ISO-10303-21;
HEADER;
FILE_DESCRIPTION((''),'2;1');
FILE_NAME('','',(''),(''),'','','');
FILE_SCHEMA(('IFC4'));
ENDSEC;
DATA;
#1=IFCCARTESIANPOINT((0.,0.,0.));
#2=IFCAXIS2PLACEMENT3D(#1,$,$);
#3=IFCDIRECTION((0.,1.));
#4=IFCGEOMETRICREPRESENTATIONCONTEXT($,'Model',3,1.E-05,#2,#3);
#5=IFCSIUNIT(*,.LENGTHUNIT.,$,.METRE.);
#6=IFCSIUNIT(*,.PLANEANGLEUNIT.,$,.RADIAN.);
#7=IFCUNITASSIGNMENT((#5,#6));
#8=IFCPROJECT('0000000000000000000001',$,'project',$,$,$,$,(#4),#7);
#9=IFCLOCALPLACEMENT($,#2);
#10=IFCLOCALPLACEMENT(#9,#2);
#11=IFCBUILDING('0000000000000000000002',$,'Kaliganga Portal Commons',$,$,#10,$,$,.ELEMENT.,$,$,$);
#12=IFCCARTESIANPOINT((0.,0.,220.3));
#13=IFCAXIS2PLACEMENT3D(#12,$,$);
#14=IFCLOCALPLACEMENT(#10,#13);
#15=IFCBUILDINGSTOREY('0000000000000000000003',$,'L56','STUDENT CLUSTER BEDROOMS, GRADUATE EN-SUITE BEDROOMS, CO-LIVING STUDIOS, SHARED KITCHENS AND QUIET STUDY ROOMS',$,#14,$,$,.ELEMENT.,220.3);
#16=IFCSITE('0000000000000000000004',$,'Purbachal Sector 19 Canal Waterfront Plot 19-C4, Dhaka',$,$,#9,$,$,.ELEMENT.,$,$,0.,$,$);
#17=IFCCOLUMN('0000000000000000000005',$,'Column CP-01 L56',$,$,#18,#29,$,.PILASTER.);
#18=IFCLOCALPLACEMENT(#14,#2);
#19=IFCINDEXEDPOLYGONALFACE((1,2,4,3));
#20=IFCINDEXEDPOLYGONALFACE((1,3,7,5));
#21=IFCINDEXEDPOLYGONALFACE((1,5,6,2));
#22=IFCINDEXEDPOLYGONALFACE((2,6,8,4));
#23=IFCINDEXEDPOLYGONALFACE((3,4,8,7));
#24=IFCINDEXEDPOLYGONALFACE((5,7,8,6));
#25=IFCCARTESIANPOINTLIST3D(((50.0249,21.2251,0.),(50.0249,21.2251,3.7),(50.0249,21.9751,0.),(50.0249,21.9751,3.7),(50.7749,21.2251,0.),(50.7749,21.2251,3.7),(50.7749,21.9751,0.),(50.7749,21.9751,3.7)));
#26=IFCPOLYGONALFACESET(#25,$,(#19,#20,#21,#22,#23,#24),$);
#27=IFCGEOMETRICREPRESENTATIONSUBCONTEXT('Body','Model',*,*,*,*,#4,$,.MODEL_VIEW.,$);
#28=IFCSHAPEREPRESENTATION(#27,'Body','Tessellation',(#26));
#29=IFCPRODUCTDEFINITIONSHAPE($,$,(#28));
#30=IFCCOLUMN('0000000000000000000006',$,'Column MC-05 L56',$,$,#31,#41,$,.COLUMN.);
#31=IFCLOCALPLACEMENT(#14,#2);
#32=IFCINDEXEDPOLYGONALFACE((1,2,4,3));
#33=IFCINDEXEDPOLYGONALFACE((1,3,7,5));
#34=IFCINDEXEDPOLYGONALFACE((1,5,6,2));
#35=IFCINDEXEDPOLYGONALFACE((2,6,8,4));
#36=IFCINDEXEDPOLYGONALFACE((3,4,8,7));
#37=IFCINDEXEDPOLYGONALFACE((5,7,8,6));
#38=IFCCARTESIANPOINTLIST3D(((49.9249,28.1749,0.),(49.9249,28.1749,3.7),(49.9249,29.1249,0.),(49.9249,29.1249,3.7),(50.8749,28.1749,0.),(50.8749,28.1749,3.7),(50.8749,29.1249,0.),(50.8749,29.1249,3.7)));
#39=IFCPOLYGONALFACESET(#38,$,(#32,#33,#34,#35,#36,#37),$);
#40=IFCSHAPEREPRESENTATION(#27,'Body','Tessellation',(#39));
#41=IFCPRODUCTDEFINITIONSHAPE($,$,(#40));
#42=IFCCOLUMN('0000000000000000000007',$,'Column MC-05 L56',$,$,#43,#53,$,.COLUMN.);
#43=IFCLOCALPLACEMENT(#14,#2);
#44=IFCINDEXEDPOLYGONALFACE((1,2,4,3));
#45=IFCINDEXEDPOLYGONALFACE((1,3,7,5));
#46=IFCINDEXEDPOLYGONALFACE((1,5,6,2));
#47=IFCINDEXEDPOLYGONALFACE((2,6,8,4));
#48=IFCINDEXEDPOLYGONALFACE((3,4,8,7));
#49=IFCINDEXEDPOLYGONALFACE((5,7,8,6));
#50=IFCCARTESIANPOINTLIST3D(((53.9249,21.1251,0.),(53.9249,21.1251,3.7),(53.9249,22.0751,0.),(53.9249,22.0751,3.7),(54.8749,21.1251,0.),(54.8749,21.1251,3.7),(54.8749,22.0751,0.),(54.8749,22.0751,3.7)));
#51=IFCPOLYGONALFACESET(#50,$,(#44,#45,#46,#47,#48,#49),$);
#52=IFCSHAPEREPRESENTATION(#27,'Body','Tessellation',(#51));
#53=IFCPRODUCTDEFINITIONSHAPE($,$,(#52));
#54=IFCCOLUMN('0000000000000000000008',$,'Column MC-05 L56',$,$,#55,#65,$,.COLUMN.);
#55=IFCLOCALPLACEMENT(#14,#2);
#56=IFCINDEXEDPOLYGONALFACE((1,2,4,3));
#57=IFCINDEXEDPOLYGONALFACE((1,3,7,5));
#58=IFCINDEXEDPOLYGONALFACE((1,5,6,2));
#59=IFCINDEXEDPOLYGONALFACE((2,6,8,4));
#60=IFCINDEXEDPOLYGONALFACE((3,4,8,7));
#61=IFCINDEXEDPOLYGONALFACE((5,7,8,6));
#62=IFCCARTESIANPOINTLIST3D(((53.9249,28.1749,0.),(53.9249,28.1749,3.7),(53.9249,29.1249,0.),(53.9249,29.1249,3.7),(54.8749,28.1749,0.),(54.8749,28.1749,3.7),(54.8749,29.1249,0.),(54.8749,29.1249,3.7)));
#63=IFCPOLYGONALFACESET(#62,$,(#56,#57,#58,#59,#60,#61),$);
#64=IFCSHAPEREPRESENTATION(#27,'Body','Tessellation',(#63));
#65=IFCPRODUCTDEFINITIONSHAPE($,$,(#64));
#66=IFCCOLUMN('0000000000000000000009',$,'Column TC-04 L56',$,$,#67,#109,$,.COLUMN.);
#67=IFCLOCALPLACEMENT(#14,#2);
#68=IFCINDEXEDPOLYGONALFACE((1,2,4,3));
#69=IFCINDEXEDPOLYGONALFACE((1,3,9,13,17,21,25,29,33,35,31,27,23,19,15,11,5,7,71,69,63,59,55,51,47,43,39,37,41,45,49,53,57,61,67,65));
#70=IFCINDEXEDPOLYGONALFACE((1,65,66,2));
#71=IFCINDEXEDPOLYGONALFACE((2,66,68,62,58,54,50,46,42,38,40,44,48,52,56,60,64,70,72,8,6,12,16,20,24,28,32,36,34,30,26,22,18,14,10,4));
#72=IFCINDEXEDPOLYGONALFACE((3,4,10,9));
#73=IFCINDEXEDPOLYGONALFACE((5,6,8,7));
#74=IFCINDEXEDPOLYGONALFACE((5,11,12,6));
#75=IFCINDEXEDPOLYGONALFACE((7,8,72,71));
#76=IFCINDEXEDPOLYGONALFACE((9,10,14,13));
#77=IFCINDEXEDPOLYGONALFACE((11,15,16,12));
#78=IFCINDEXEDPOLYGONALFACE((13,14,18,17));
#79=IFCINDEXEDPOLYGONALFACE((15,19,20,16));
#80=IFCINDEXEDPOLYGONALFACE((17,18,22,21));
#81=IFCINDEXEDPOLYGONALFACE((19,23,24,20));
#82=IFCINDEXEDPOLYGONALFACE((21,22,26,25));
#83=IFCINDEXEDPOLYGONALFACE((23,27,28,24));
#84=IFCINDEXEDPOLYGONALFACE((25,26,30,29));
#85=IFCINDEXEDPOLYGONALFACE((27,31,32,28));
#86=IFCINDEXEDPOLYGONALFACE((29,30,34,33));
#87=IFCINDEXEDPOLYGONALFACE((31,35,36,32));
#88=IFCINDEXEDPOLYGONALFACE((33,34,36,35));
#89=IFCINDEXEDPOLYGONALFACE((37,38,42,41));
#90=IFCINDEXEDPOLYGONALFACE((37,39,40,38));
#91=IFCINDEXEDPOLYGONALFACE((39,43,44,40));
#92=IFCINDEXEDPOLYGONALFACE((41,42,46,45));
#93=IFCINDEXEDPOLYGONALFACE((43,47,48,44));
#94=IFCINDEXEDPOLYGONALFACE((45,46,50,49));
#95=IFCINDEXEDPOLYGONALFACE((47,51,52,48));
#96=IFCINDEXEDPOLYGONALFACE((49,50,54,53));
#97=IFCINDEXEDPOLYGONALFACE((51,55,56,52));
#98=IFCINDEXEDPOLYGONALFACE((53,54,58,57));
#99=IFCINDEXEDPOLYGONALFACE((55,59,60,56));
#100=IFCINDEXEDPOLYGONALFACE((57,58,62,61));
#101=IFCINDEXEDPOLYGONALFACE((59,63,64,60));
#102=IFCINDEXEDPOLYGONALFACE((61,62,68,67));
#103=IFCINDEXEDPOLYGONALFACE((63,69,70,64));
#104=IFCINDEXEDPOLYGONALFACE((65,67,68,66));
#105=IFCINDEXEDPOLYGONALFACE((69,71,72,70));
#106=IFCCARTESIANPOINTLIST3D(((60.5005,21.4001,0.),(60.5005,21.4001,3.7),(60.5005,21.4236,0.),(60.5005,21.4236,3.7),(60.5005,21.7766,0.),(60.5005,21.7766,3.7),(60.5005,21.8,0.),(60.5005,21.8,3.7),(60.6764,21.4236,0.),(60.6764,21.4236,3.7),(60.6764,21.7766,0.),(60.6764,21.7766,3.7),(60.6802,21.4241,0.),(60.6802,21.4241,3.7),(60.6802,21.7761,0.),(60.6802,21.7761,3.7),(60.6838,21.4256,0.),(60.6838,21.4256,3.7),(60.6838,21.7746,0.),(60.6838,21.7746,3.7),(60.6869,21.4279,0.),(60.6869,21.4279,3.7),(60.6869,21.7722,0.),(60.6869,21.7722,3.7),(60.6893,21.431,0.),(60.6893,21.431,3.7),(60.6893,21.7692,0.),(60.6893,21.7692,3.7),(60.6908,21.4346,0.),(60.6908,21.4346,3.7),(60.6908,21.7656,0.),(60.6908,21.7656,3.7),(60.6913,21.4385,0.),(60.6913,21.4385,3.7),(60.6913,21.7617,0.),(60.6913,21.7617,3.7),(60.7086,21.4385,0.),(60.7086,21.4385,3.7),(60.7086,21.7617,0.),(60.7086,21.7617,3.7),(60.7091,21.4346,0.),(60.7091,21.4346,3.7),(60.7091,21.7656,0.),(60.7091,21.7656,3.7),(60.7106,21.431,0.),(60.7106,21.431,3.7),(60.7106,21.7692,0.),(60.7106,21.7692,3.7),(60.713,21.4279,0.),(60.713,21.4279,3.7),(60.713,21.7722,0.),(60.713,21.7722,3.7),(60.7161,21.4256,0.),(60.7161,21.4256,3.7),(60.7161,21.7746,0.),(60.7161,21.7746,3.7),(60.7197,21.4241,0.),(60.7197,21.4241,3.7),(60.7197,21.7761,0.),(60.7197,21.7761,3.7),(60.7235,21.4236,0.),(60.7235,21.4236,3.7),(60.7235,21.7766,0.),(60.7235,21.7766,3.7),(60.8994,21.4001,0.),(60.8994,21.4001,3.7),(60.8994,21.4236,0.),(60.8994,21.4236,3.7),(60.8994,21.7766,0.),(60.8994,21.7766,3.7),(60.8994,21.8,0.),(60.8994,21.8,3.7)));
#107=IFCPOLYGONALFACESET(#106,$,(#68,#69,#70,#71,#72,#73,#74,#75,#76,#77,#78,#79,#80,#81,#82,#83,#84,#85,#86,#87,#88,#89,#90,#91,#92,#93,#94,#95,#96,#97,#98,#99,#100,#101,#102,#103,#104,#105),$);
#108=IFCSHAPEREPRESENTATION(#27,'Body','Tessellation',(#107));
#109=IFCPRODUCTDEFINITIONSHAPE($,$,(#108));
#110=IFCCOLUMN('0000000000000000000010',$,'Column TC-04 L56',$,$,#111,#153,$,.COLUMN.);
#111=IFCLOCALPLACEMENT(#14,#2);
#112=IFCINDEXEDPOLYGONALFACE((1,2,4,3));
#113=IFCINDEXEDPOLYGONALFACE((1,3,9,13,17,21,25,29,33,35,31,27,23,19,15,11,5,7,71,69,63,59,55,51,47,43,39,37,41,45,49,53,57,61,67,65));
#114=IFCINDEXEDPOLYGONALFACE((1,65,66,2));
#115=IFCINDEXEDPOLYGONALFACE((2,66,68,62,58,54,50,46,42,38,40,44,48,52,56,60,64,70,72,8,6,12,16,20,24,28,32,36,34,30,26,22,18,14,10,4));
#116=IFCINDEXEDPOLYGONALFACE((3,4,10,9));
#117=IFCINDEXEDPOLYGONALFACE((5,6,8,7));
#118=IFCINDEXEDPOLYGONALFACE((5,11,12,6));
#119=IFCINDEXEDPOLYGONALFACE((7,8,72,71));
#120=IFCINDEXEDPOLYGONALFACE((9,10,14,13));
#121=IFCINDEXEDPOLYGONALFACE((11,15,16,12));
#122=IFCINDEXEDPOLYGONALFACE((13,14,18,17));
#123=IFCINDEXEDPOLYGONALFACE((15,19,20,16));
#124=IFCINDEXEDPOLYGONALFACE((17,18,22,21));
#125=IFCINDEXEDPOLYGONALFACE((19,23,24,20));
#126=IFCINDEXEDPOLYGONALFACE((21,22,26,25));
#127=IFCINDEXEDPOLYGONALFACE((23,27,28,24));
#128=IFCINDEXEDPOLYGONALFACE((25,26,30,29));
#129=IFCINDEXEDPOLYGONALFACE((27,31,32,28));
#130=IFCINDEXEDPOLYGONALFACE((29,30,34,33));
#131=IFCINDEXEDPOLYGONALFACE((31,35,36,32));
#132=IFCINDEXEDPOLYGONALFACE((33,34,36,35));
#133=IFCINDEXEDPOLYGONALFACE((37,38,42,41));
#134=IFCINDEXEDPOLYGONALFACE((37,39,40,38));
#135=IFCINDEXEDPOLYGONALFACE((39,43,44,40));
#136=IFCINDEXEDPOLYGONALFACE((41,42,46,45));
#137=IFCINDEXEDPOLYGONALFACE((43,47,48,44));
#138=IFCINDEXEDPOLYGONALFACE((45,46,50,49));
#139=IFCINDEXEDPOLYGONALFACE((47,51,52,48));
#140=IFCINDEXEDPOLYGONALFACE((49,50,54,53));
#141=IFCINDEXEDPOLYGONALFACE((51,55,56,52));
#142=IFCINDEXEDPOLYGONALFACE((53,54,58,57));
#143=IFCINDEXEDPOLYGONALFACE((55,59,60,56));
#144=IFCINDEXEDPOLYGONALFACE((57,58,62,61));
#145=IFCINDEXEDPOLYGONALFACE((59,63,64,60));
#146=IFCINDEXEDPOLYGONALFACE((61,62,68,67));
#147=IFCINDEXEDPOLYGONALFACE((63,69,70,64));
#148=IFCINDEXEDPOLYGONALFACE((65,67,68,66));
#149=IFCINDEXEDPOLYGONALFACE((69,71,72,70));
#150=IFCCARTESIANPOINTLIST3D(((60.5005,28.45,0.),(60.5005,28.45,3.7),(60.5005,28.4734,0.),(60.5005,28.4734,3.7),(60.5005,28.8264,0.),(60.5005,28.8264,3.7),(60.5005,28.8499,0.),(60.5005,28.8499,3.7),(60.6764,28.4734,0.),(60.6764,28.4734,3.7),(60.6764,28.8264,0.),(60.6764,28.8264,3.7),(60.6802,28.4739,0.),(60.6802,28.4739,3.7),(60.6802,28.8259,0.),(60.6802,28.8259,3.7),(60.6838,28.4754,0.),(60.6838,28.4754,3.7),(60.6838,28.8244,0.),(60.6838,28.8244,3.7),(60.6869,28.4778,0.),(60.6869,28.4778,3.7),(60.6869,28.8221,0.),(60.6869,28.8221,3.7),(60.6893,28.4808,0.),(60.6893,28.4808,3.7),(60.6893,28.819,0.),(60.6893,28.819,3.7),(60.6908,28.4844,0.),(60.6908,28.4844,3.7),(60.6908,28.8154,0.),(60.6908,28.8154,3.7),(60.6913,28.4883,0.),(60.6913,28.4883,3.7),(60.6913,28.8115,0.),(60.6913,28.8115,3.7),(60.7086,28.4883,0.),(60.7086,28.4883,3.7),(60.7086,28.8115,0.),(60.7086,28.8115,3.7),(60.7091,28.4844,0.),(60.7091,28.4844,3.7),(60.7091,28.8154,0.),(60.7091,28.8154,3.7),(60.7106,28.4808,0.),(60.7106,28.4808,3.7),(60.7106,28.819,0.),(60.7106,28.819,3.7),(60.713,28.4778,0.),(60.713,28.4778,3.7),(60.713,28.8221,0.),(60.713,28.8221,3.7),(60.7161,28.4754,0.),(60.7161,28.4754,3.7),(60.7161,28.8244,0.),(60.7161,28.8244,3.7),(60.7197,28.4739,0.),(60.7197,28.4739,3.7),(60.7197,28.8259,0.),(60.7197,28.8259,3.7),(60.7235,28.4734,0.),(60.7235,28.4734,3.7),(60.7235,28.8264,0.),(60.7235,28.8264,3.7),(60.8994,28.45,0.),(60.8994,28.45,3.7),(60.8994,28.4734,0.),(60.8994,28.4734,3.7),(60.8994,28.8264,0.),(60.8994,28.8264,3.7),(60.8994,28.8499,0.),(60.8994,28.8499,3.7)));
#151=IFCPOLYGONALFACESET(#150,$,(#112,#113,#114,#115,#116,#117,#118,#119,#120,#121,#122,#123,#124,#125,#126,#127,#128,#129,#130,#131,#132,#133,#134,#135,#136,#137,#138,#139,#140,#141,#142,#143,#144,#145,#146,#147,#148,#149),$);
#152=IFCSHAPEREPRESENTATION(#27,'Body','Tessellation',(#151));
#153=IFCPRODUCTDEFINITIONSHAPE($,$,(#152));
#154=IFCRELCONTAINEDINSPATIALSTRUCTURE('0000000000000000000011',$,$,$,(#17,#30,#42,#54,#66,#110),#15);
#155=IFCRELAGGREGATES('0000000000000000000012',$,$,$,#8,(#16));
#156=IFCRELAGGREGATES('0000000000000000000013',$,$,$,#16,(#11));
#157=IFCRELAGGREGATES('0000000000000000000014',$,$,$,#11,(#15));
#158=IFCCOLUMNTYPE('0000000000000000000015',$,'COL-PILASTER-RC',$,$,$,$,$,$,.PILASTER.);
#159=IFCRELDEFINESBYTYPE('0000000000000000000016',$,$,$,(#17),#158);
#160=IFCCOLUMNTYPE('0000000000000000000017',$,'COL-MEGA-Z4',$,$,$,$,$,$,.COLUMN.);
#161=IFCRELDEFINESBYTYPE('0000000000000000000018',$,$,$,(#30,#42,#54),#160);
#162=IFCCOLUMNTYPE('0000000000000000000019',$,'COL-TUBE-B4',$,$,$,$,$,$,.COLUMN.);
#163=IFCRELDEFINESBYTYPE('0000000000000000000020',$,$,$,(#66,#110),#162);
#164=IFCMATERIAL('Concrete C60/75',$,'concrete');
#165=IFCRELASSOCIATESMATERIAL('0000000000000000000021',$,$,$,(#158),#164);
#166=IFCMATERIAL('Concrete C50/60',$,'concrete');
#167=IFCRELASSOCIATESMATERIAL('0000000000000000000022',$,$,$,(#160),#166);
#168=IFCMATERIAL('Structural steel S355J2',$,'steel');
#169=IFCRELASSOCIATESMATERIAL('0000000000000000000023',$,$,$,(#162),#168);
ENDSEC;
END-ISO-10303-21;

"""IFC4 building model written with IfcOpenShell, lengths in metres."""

from ifc_helpers import new_model, si_unit, direction, frame, origin, origin_2d, place, context, subcontext, project, spatial, rectangle, i_section, extrude, source, transform, mapped, material, material_profile, profile_set, type_object, element, save


model = new_model("IFC4")

# Units and contexts
model_context = context("Model", 3, precision=1e-05, world=origin(), true_north=direction((0.0, 1.0)))
body_context = subcontext(model_context, "Body", "Model", "MODEL_VIEW")
ifc_project = project(units=[si_unit("LENGTHUNIT", "METRE"), si_unit("PLANEANGLEUNIT", "RADIAN")], contexts=[model_context])

# Site, building, storey
site_placement = place(None, origin())
site = spatial("IfcSite", under=ifc_project, at=site_placement, Name="Purbachal Sector 19 Canal Waterfront Plot 19-C4, Dhaka", CompositionType="ELEMENT", RefElevation=0.0)
building_placement = place(site_placement, origin())
building = spatial("IfcBuilding", under=site, at=building_placement, Name="Kaliganga Portal Commons", CompositionType="ELEMENT")
storey_placement = place(building_placement, frame((0.0, 0.0, 220.3)))
storey = spatial("IfcBuildingStorey", under=building, at=storey_placement, Name="L56", Description="STUDENT CLUSTER BEDROOMS, GRADUATE EN-SUITE BEDROOMS, CO-LIVING STUDIOS, SHARED KITCHENS AND QUIET STUDY ROOMS", CompositionType="ELEMENT", Elevation=220.3)

# Columns
ifc_material_1 = material(Name="Concrete C60/75", Category="concrete")
ifc_material_profile_1 = material_profile(ifc_material_1, rectangle(XDim=0.75, YDim=0.75, at=origin_2d()), Name="RC 750x750")
ifc_profile_set_1 = profile_set([ifc_material_profile_1], Name="Concrete C60/75")
column_type_1 = type_object("IfcColumnType", Name="COL-PILASTER-RC", PredefinedType="PILASTER", material=ifc_profile_set_1)
shared_shape_1 = source(origin(), body_context, "Body", "SweptSolid", [
    extrude(rectangle(XDim=0.75, YDim=0.75, at=origin_2d()), origin(), (0.0, 0.0, 1.0), 3.7),
])
column_placement = place(storey_placement, frame((50.3999, 21.6001, 0.0), z_axis=(0.0, 0.0, 1.0), x_axis=(1.0, 0.0, 0.0)))
element("IfcColumn", 1, at=column_placement, inside=storey, type_object=column_type_1, Name="Column CP-01 L56", PredefinedType="PILASTER", context=body_context, shape_type="MappedRepresentation", body=[
    mapped(shared_shape_1, transform((0.0, 0.0, 0.0), x_axis=(1.0, 0.0, 0.0), y_axis=(0.0, 1.0, 0.0), z_axis=(0.0, 0.0, 1.0), scale=1.0)),
])
ifc_material_2 = material(Name="Concrete C50/60", Category="concrete")
ifc_material_profile_2 = material_profile(ifc_material_2, rectangle(XDim=0.95, YDim=0.95, at=origin_2d()), Name="RC 950x950")
ifc_profile_set_2 = profile_set([ifc_material_profile_2], Name="Concrete C50/60")
column_type_2 = type_object("IfcColumnType", Name="COL-MEGA-Z4", PredefinedType="COLUMN", material=ifc_profile_set_2)
shared_shape_2 = source(origin(), body_context, "Body", "SweptSolid", [
    extrude(rectangle(XDim=0.95, YDim=0.95, at=origin_2d()), origin(), (0.0, 0.0, 1.0), 3.7),
])
for number, where, z_axis, x_axis, name in (
    (2, (50.3999, 28.6499, 0.0), (0.0, 0.0, 1.0), (1.0, 0.0, 0.0), "Column MC-05 L56"),
    (3, (54.3999, 21.6001, 0.0), (0.0, 0.0, 1.0), (1.0, 0.0, 0.0), "Column MC-05 L56"),
    (4, (54.3999, 28.6499, 0.0), (0.0, 0.0, 1.0), (1.0, 0.0, 0.0), "Column MC-05 L56"),
):
    element("IfcColumn", number, at=place(storey_placement, frame(where, z_axis=z_axis, x_axis=x_axis)), inside=storey, type_object=column_type_2, Name=name, PredefinedType="COLUMN", context=body_context, shape_type="MappedRepresentation", body=[
        mapped(shared_shape_2, transform((0.0, 0.0, 0.0), x_axis=(1.0, 0.0, 0.0), y_axis=(0.0, 1.0, 0.0), z_axis=(0.0, 0.0, 1.0), scale=1.0)),
    ])
ifc_material_3 = material(Name="Structural steel S355J2", Category="steel")
ifc_material_profile_3 = material_profile(ifc_material_3, i_section(OverallWidth=0.3989, OverallDepth=0.3999, WebThickness=0.0173, FlangeThickness=0.0234, FilletRadius=0.0149, at=origin_2d()), Name="HD 400x287")
ifc_profile_set_3 = profile_set([ifc_material_profile_3], Name="Structural steel S355J2 wide-flange")
column_type_3 = type_object("IfcColumnType", Name="COL-TUBE-B4", PredefinedType="COLUMN", material=ifc_profile_set_3)
shared_shape_3 = source(origin(), body_context, "Body", "SweptSolid", [
    extrude(i_section(OverallWidth=0.3989, OverallDepth=0.3999, WebThickness=0.0173, FlangeThickness=0.0234, FilletRadius=0.0149, at=origin_2d()), origin(), (0.0, 0.0, 1.0), 3.7),
])
for number, where, z_axis, x_axis, name in (
    (5, (60.7, 21.6001, 0.0), (0.0, 0.0, 1.0), (1.0, 0.0, 0.0), "Column TC-04 L56"),
    (6, (60.7, 28.6499, 0.0), (0.0, 0.0, 1.0), (1.0, 0.0, 0.0), "Column TC-04 L56"),
):
    element("IfcColumn", number, at=place(storey_placement, frame(where, z_axis=z_axis, x_axis=x_axis)), inside=storey, type_object=column_type_3, Name=name, PredefinedType="COLUMN", context=body_context, shape_type="MappedRepresentation", body=[
        mapped(shared_shape_3, transform((0.0, 0.0, 0.0), x_axis=(1.0, 0.0, 0.0), y_axis=(0.0, 1.0, 0.0), z_axis=(0.0, 0.0, 1.0), scale=1.0)),
    ])

save(model, "model.ifc")
